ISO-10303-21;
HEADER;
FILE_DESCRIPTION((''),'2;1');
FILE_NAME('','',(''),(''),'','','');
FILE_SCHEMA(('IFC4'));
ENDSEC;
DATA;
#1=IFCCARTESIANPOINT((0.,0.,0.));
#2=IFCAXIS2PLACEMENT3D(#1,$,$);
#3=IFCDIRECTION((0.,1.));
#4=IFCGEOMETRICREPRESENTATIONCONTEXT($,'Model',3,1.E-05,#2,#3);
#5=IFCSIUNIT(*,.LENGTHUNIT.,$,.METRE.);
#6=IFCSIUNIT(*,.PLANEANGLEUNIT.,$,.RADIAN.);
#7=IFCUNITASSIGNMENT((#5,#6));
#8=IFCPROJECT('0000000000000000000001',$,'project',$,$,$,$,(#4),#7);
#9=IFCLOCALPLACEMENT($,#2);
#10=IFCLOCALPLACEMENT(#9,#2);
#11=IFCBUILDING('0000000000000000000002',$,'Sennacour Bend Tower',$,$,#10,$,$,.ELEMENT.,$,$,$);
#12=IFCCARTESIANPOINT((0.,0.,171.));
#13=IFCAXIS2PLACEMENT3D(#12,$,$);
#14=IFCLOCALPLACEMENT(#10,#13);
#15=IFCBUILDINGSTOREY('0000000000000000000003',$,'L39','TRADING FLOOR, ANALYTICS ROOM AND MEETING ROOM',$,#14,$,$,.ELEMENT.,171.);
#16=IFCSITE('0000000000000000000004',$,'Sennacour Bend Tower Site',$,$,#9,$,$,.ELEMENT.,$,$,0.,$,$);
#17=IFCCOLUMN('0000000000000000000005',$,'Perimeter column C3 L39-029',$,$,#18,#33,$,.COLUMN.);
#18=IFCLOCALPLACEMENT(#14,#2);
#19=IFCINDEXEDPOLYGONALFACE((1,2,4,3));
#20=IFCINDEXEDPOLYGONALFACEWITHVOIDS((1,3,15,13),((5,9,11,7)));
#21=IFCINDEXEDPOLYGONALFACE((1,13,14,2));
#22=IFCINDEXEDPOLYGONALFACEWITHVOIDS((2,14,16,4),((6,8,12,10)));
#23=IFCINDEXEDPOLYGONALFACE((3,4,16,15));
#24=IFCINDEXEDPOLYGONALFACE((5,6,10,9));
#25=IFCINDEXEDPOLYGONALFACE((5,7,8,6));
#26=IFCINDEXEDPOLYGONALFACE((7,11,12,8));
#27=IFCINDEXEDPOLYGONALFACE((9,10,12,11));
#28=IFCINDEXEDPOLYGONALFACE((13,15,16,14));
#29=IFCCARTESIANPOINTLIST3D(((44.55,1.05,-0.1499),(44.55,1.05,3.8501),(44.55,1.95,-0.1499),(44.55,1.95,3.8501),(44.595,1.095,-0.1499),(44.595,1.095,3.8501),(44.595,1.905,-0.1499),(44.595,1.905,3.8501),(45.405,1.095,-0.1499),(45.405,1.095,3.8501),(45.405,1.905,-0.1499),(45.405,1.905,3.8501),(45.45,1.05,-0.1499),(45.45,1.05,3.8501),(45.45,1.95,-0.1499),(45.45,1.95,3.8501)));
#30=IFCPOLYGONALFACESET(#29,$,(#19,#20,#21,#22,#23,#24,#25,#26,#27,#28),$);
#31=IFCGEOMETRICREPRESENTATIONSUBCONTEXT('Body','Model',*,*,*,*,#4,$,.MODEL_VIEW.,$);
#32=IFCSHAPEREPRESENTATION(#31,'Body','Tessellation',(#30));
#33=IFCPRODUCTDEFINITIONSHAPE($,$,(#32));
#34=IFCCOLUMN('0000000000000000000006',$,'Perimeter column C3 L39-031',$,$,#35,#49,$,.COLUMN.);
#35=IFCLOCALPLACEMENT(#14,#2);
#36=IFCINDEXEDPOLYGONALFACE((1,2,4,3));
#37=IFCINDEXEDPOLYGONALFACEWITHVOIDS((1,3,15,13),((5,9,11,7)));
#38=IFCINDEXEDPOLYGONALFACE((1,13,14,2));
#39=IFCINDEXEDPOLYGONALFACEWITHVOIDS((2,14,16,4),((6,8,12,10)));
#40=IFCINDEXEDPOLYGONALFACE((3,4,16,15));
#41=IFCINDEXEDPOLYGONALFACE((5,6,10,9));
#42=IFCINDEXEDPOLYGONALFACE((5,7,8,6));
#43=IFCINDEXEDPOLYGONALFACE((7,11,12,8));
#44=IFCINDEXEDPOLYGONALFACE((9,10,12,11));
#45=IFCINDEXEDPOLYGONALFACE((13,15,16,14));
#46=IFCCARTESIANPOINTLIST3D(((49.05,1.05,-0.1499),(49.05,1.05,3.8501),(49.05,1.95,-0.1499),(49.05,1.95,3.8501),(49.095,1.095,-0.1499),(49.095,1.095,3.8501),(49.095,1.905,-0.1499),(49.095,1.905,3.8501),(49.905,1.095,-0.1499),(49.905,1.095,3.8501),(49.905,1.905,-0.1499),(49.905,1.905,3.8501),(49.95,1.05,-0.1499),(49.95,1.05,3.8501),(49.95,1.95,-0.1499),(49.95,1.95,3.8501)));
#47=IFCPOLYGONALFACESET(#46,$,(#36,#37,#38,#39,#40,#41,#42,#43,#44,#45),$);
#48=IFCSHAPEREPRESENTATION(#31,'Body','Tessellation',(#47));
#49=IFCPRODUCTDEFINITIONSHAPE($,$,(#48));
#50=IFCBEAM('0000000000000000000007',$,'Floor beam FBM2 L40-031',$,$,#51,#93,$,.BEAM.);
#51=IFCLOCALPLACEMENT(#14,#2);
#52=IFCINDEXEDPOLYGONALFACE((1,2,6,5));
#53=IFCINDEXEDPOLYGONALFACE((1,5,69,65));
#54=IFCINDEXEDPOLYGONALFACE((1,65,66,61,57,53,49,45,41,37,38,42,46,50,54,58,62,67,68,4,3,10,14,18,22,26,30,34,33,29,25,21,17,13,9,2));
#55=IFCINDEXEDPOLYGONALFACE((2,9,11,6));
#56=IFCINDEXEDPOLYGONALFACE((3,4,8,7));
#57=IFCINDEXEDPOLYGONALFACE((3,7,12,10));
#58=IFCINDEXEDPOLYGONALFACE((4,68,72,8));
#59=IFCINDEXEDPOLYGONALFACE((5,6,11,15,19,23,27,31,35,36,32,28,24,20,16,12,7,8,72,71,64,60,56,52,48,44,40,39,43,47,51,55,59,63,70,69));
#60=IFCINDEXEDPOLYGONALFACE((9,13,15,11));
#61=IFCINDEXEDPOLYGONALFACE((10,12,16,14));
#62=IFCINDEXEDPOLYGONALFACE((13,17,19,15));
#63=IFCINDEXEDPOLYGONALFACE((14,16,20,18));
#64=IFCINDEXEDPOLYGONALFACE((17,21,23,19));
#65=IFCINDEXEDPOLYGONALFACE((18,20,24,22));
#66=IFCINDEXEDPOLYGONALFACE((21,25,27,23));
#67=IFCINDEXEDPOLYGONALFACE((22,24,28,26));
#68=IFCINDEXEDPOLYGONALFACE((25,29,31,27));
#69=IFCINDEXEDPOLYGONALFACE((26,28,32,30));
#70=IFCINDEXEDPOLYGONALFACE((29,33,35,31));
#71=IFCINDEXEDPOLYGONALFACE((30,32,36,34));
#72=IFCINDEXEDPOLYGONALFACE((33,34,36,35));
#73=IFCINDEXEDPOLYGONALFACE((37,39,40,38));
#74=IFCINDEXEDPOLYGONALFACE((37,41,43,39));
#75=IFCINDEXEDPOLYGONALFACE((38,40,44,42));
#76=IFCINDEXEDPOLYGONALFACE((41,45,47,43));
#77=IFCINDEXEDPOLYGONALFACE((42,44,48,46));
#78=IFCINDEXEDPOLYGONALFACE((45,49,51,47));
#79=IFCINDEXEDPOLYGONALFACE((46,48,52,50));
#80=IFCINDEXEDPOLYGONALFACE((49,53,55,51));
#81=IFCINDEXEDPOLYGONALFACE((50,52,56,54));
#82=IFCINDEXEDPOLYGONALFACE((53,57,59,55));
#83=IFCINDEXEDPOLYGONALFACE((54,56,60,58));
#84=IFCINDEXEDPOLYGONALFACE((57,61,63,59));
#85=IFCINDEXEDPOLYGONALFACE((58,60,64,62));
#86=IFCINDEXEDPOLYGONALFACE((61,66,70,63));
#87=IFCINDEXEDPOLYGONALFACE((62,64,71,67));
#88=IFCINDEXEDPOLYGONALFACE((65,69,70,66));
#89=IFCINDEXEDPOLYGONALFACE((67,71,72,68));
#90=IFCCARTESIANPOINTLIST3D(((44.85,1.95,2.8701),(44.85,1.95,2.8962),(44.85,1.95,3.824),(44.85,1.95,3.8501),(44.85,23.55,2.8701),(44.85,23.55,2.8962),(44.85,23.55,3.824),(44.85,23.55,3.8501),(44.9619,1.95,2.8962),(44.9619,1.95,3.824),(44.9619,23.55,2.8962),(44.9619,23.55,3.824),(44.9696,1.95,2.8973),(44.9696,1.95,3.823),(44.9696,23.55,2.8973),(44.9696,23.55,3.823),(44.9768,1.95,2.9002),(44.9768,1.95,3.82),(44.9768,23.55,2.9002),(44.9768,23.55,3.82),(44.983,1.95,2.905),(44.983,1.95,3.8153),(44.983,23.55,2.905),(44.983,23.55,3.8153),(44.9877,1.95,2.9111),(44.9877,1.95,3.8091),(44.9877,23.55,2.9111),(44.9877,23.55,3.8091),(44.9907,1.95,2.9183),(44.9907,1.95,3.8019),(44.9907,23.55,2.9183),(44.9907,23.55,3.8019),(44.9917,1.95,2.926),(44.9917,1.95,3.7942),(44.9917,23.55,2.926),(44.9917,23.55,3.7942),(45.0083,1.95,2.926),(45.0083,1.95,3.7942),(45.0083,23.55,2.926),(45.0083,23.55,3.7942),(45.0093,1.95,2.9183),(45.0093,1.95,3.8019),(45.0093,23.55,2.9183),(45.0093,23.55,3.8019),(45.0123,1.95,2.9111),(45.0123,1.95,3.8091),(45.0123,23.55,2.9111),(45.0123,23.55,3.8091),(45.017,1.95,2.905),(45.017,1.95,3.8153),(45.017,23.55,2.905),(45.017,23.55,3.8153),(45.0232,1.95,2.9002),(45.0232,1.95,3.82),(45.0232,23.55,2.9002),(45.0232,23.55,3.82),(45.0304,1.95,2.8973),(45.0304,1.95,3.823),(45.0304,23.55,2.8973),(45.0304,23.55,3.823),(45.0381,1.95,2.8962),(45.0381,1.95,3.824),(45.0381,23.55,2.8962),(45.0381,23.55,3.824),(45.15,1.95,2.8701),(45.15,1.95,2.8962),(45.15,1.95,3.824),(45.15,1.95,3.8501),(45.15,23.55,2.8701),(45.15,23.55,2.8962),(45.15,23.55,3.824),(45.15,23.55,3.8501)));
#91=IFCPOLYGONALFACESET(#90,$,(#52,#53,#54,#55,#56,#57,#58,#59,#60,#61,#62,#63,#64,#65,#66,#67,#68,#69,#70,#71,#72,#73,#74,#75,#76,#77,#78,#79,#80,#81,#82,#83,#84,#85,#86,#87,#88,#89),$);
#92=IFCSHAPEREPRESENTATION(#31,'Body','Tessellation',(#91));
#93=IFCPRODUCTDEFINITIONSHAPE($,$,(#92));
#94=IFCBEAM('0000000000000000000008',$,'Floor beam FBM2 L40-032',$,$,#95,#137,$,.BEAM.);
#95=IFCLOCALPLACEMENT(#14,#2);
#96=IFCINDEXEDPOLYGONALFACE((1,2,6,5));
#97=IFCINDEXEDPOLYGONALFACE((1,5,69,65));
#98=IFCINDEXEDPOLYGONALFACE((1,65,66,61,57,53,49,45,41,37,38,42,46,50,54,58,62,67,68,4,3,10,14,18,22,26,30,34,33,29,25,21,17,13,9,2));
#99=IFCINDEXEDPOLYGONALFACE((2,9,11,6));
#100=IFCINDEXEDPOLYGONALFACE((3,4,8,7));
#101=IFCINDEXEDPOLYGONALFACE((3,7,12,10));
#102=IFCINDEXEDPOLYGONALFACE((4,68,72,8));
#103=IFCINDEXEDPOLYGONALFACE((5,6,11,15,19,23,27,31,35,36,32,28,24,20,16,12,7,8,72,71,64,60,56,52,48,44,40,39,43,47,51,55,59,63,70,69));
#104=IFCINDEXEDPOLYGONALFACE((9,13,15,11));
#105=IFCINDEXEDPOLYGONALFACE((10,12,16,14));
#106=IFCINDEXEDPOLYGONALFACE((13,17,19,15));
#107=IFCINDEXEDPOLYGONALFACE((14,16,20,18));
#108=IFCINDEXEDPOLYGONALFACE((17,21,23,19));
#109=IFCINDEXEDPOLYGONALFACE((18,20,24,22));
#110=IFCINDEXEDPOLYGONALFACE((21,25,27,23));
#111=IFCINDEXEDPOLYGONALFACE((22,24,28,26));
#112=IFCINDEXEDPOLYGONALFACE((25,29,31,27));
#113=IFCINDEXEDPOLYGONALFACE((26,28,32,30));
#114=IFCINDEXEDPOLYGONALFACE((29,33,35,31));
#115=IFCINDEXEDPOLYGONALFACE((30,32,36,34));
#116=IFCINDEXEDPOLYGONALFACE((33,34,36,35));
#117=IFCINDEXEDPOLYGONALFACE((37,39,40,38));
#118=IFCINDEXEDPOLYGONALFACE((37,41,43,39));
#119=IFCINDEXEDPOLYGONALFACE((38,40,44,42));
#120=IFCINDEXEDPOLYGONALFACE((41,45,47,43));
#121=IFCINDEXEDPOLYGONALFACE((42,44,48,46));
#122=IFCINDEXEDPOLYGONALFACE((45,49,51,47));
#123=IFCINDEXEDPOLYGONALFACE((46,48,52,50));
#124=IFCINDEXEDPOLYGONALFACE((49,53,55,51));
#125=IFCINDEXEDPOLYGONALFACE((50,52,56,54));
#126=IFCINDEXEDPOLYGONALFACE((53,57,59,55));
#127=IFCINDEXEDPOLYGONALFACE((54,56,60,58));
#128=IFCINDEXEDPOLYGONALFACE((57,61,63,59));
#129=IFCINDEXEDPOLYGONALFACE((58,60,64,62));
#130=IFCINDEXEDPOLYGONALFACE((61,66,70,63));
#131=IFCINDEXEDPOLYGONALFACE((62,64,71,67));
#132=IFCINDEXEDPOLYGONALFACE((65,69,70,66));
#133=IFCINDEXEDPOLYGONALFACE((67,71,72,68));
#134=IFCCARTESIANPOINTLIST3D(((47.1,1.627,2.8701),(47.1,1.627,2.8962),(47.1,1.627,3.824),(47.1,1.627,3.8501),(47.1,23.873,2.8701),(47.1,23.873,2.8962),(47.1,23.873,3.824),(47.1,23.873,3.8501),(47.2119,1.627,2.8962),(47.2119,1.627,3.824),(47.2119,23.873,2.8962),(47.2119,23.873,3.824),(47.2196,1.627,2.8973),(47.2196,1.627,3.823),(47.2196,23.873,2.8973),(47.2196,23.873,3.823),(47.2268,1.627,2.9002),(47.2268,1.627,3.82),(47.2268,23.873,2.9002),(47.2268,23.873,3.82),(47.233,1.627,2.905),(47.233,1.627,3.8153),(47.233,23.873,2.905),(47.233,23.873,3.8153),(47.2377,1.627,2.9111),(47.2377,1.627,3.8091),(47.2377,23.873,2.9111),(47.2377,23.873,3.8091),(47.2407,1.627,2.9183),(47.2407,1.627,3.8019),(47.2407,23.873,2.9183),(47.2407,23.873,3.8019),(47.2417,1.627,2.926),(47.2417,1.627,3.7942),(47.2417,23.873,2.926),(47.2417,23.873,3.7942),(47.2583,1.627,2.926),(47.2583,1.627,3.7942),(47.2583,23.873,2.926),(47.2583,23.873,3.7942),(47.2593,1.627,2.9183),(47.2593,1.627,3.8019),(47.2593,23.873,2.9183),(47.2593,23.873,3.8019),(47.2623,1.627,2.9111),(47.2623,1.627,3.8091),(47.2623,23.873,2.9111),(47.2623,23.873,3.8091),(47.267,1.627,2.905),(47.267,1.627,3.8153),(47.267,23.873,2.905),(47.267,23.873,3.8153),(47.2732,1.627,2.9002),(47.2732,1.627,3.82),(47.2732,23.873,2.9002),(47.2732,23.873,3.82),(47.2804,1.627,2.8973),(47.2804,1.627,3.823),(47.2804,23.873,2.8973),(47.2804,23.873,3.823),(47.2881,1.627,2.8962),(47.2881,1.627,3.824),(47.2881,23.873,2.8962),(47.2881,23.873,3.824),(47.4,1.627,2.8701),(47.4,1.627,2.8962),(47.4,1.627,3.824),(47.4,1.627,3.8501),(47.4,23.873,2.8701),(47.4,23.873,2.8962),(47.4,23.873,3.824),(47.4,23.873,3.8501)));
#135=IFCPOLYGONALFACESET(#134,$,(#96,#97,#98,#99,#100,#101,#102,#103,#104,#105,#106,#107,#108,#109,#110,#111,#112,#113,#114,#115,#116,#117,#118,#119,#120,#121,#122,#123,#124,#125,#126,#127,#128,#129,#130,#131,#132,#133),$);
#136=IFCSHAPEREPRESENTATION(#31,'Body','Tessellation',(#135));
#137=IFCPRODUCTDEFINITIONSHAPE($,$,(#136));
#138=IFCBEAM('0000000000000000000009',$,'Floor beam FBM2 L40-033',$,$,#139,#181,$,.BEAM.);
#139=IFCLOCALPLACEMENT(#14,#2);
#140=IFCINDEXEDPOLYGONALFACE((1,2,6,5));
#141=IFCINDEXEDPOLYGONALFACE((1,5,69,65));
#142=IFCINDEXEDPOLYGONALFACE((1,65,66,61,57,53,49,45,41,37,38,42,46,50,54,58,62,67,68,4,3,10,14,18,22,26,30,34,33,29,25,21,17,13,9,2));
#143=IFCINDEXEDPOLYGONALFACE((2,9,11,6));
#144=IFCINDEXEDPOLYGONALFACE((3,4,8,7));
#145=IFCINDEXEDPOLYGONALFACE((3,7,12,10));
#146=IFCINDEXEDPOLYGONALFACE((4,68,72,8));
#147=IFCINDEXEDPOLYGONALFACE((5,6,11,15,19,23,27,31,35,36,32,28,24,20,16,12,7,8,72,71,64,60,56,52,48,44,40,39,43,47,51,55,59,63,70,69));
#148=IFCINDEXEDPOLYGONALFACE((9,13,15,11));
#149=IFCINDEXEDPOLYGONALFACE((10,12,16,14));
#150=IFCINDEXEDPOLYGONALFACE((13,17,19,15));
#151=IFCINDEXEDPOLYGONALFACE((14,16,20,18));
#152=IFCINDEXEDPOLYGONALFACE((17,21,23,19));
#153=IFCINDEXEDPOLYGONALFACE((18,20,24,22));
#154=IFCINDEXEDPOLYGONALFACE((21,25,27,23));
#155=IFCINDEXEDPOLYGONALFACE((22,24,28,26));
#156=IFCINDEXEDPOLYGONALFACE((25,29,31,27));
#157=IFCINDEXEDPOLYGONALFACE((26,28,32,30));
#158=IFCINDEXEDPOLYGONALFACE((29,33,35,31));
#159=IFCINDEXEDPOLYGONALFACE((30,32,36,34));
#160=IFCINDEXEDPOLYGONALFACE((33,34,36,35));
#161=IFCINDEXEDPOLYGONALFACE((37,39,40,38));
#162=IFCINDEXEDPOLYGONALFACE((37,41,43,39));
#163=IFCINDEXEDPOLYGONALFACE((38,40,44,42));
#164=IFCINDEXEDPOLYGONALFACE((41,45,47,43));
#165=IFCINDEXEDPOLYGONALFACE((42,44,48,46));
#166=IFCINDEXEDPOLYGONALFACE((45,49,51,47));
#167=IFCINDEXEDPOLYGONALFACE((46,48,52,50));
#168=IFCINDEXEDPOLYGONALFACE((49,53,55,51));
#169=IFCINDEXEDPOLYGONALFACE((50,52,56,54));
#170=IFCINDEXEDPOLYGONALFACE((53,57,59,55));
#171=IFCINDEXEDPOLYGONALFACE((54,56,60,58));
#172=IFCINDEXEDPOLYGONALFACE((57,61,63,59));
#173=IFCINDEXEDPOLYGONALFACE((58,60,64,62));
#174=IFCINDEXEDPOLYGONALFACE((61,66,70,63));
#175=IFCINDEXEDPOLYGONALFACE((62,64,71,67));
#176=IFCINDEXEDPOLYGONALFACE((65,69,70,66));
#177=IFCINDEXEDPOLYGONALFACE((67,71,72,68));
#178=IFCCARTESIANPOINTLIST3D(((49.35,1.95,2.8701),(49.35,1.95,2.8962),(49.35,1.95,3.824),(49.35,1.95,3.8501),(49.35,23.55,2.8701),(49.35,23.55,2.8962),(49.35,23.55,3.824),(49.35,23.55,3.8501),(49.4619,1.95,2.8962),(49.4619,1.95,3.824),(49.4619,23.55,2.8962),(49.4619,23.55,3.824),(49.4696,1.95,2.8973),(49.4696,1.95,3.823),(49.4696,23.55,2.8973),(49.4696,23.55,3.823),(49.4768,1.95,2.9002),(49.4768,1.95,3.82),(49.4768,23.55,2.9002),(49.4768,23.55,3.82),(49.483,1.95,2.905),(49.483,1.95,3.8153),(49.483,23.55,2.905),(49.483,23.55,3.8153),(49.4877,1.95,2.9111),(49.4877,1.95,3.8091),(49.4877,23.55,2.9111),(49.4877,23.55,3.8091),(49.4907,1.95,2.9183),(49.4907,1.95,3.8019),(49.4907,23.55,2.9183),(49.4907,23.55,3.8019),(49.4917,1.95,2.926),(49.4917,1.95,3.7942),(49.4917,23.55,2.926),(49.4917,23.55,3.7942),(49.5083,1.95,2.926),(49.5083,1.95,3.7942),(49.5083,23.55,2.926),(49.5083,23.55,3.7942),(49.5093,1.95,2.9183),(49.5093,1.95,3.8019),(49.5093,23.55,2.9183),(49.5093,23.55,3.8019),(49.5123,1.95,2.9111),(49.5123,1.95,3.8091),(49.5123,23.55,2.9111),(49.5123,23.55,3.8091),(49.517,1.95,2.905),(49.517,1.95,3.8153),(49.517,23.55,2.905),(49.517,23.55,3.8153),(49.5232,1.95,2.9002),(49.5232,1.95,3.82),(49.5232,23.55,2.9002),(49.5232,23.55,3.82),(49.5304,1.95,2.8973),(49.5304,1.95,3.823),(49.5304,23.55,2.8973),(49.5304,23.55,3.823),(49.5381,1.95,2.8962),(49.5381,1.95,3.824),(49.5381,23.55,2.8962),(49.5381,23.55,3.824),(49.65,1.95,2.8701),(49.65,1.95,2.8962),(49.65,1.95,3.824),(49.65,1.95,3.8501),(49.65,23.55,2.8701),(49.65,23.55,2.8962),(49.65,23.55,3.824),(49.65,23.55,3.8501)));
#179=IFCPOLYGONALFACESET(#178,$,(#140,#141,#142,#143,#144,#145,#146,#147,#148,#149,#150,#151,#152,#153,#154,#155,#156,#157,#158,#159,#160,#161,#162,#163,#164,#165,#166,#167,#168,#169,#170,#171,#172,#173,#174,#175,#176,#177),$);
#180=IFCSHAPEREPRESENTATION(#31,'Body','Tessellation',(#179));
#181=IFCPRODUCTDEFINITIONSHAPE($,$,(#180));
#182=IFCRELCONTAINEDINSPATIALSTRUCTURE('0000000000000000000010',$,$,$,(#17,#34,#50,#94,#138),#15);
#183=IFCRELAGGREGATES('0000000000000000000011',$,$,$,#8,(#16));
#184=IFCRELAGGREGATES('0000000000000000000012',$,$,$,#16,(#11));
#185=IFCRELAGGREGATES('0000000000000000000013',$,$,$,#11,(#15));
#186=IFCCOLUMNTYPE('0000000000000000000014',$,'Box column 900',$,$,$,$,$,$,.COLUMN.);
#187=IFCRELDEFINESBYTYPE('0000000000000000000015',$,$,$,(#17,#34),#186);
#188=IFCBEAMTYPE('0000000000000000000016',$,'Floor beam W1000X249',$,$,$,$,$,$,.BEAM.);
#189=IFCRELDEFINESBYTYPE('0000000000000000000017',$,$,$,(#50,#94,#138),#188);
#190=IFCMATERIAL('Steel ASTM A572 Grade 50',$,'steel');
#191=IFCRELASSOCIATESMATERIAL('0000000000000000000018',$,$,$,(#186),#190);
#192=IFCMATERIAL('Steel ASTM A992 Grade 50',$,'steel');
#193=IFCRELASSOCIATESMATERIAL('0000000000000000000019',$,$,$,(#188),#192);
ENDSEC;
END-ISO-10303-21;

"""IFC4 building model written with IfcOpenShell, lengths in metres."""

from ifc_helpers import new_model, si_unit, direction, frame, origin, origin_2d, place, context, subcontext, project, spatial, hollow_rectangle, i_section, extrude, material, material_profile, profile_set, type_object, element, save


model = new_model("IFC4")

# Units and contexts
model_context = context("Model", 3, precision=1e-05, world=origin(), true_north=direction((0.0, 1.0)))
body_context = subcontext(model_context, "Body", "Model", "MODEL_VIEW")
ifc_project = project(units=[si_unit("LENGTHUNIT", "METRE"), si_unit("PLANEANGLEUNIT", "RADIAN")], contexts=[model_context])

# Site, building, storey
site_placement = place(None, origin())
site = spatial("IfcSite", under=ifc_project, at=site_placement, Name="Sennacour Bend Tower Site", CompositionType="ELEMENT", RefElevation=0.0)
building_placement = place(site_placement, origin())
building = spatial("IfcBuilding", under=site, at=building_placement, Name="Sennacour Bend Tower", CompositionType="ELEMENT")
storey_placement = place(building_placement, frame((0.0, 0.0, 171.0)))
storey = spatial("IfcBuildingStorey", under=building, at=storey_placement, Name="L39", Description="TRADING FLOOR, ANALYTICS ROOM AND MEETING ROOM", CompositionType="ELEMENT", Elevation=171.0)

# Columns
ifc_material_1 = material(Name="Steel ASTM A572 Grade 50", Category="steel")
ifc_material_profile_1 = material_profile(ifc_material_1, hollow_rectangle(XDim=0.8999, YDim=0.8999, WallThickness=0.0449, at=origin_2d()), Name="Steel ASTM A572 Grade 50", Category="steel")
ifc_profile_set_1 = profile_set([ifc_material_profile_1], Name="Steel ASTM A572 Grade 50")
column_type = type_object("IfcColumnType", Name="Box column 900", PredefinedType="COLUMN", material=ifc_profile_set_1)
for number, where, z_axis, x_axis, name in (
    (1, (45.0, 1.5, -0.1499), (0.0, 0.0, 1.0), (1.0, 0.0, 0.0), "Perimeter column C3 L39-029"),
    (2, (49.5, 1.5, -0.1499), (0.0, 0.0, 1.0), (1.0, 0.0, 0.0), "Perimeter column C3 L39-031"),
):
    element("IfcColumn", number, at=place(storey_placement, frame(where, z_axis=z_axis, x_axis=x_axis)), inside=storey, type_object=column_type, Name=name, PredefinedType="COLUMN", context=body_context, shape_type="SweptSolid", body=[
        extrude(hollow_rectangle(XDim=0.8999, YDim=0.8999, WallThickness=0.0449, at=origin_2d()), origin(), (0.0, 0.0, 1.0), 4.0),
    ])

# Beams
ifc_material_2 = material(Name="Steel ASTM A992 Grade 50", Category="steel")
ifc_material_profile_2 = material_profile(ifc_material_2, i_section(OverallWidth=0.3, OverallDepth=0.98, WebThickness=0.0166, FlangeThickness=0.0261, FilletRadius=0.0298, at=origin_2d()), Name="Steel ASTM A992 Grade 50", Category="steel")
ifc_profile_set_2 = profile_set([ifc_material_profile_2], Name="Steel ASTM A992 Grade 50")
beam_type_1 = type_object("IfcBeamType", Name="Floor beam W1000X249", PredefinedType="BEAM", material=ifc_profile_set_2)
beam_1_placement = place(storey_placement, frame((45.0, 1.95, 3.3601), z_axis=(0.0, 1.0, 0.0), x_axis=(-1.0, 0.0, 0.0)))
element("IfcBeam", 3, at=beam_1_placement, inside=storey, type_object=beam_type_1, Name="Floor beam FBM2 L40-031", PredefinedType="BEAM", context=body_context, shape_type="SweptSolid", body=[
    extrude(i_section(OverallWidth=0.3, OverallDepth=0.98, WebThickness=0.0166, FlangeThickness=0.0261, FilletRadius=0.0298, at=origin_2d()), origin(), (0.0, 0.0, 1.0), 21.6001),
])
beam_2_placement = place(storey_placement, frame((47.25, 1.627, 3.3601), z_axis=(0.0, 1.0, 0.0), x_axis=(-1.0, 0.0, 0.0)))
element("IfcBeam", 4, at=beam_2_placement, inside=storey, type_object=beam_type_1, Name="Floor beam FBM2 L40-032", PredefinedType="BEAM", context=body_context, shape_type="SweptSolid", body=[
    extrude(i_section(OverallWidth=0.3, OverallDepth=0.98, WebThickness=0.0166, FlangeThickness=0.0261, FilletRadius=0.0298, at=origin_2d()), origin(), (0.0, 0.0, 1.0), 22.2461),
])
beam_3_placement = place(storey_placement, frame((49.5, 1.95, 3.3601), z_axis=(0.0, 1.0, 0.0), x_axis=(-1.0, 0.0, 0.0)))
element("IfcBeam", 5, at=beam_3_placement, inside=storey, type_object=beam_type_1, Name="Floor beam FBM2 L40-033", PredefinedType="BEAM", context=body_context, shape_type="SweptSolid", body=[
    extrude(i_section(OverallWidth=0.3, OverallDepth=0.98, WebThickness=0.0166, FlangeThickness=0.0261, FilletRadius=0.0298, at=origin_2d()), origin(), (0.0, 0.0, 1.0), 21.6001),
])

save(model, "model.ifc")
